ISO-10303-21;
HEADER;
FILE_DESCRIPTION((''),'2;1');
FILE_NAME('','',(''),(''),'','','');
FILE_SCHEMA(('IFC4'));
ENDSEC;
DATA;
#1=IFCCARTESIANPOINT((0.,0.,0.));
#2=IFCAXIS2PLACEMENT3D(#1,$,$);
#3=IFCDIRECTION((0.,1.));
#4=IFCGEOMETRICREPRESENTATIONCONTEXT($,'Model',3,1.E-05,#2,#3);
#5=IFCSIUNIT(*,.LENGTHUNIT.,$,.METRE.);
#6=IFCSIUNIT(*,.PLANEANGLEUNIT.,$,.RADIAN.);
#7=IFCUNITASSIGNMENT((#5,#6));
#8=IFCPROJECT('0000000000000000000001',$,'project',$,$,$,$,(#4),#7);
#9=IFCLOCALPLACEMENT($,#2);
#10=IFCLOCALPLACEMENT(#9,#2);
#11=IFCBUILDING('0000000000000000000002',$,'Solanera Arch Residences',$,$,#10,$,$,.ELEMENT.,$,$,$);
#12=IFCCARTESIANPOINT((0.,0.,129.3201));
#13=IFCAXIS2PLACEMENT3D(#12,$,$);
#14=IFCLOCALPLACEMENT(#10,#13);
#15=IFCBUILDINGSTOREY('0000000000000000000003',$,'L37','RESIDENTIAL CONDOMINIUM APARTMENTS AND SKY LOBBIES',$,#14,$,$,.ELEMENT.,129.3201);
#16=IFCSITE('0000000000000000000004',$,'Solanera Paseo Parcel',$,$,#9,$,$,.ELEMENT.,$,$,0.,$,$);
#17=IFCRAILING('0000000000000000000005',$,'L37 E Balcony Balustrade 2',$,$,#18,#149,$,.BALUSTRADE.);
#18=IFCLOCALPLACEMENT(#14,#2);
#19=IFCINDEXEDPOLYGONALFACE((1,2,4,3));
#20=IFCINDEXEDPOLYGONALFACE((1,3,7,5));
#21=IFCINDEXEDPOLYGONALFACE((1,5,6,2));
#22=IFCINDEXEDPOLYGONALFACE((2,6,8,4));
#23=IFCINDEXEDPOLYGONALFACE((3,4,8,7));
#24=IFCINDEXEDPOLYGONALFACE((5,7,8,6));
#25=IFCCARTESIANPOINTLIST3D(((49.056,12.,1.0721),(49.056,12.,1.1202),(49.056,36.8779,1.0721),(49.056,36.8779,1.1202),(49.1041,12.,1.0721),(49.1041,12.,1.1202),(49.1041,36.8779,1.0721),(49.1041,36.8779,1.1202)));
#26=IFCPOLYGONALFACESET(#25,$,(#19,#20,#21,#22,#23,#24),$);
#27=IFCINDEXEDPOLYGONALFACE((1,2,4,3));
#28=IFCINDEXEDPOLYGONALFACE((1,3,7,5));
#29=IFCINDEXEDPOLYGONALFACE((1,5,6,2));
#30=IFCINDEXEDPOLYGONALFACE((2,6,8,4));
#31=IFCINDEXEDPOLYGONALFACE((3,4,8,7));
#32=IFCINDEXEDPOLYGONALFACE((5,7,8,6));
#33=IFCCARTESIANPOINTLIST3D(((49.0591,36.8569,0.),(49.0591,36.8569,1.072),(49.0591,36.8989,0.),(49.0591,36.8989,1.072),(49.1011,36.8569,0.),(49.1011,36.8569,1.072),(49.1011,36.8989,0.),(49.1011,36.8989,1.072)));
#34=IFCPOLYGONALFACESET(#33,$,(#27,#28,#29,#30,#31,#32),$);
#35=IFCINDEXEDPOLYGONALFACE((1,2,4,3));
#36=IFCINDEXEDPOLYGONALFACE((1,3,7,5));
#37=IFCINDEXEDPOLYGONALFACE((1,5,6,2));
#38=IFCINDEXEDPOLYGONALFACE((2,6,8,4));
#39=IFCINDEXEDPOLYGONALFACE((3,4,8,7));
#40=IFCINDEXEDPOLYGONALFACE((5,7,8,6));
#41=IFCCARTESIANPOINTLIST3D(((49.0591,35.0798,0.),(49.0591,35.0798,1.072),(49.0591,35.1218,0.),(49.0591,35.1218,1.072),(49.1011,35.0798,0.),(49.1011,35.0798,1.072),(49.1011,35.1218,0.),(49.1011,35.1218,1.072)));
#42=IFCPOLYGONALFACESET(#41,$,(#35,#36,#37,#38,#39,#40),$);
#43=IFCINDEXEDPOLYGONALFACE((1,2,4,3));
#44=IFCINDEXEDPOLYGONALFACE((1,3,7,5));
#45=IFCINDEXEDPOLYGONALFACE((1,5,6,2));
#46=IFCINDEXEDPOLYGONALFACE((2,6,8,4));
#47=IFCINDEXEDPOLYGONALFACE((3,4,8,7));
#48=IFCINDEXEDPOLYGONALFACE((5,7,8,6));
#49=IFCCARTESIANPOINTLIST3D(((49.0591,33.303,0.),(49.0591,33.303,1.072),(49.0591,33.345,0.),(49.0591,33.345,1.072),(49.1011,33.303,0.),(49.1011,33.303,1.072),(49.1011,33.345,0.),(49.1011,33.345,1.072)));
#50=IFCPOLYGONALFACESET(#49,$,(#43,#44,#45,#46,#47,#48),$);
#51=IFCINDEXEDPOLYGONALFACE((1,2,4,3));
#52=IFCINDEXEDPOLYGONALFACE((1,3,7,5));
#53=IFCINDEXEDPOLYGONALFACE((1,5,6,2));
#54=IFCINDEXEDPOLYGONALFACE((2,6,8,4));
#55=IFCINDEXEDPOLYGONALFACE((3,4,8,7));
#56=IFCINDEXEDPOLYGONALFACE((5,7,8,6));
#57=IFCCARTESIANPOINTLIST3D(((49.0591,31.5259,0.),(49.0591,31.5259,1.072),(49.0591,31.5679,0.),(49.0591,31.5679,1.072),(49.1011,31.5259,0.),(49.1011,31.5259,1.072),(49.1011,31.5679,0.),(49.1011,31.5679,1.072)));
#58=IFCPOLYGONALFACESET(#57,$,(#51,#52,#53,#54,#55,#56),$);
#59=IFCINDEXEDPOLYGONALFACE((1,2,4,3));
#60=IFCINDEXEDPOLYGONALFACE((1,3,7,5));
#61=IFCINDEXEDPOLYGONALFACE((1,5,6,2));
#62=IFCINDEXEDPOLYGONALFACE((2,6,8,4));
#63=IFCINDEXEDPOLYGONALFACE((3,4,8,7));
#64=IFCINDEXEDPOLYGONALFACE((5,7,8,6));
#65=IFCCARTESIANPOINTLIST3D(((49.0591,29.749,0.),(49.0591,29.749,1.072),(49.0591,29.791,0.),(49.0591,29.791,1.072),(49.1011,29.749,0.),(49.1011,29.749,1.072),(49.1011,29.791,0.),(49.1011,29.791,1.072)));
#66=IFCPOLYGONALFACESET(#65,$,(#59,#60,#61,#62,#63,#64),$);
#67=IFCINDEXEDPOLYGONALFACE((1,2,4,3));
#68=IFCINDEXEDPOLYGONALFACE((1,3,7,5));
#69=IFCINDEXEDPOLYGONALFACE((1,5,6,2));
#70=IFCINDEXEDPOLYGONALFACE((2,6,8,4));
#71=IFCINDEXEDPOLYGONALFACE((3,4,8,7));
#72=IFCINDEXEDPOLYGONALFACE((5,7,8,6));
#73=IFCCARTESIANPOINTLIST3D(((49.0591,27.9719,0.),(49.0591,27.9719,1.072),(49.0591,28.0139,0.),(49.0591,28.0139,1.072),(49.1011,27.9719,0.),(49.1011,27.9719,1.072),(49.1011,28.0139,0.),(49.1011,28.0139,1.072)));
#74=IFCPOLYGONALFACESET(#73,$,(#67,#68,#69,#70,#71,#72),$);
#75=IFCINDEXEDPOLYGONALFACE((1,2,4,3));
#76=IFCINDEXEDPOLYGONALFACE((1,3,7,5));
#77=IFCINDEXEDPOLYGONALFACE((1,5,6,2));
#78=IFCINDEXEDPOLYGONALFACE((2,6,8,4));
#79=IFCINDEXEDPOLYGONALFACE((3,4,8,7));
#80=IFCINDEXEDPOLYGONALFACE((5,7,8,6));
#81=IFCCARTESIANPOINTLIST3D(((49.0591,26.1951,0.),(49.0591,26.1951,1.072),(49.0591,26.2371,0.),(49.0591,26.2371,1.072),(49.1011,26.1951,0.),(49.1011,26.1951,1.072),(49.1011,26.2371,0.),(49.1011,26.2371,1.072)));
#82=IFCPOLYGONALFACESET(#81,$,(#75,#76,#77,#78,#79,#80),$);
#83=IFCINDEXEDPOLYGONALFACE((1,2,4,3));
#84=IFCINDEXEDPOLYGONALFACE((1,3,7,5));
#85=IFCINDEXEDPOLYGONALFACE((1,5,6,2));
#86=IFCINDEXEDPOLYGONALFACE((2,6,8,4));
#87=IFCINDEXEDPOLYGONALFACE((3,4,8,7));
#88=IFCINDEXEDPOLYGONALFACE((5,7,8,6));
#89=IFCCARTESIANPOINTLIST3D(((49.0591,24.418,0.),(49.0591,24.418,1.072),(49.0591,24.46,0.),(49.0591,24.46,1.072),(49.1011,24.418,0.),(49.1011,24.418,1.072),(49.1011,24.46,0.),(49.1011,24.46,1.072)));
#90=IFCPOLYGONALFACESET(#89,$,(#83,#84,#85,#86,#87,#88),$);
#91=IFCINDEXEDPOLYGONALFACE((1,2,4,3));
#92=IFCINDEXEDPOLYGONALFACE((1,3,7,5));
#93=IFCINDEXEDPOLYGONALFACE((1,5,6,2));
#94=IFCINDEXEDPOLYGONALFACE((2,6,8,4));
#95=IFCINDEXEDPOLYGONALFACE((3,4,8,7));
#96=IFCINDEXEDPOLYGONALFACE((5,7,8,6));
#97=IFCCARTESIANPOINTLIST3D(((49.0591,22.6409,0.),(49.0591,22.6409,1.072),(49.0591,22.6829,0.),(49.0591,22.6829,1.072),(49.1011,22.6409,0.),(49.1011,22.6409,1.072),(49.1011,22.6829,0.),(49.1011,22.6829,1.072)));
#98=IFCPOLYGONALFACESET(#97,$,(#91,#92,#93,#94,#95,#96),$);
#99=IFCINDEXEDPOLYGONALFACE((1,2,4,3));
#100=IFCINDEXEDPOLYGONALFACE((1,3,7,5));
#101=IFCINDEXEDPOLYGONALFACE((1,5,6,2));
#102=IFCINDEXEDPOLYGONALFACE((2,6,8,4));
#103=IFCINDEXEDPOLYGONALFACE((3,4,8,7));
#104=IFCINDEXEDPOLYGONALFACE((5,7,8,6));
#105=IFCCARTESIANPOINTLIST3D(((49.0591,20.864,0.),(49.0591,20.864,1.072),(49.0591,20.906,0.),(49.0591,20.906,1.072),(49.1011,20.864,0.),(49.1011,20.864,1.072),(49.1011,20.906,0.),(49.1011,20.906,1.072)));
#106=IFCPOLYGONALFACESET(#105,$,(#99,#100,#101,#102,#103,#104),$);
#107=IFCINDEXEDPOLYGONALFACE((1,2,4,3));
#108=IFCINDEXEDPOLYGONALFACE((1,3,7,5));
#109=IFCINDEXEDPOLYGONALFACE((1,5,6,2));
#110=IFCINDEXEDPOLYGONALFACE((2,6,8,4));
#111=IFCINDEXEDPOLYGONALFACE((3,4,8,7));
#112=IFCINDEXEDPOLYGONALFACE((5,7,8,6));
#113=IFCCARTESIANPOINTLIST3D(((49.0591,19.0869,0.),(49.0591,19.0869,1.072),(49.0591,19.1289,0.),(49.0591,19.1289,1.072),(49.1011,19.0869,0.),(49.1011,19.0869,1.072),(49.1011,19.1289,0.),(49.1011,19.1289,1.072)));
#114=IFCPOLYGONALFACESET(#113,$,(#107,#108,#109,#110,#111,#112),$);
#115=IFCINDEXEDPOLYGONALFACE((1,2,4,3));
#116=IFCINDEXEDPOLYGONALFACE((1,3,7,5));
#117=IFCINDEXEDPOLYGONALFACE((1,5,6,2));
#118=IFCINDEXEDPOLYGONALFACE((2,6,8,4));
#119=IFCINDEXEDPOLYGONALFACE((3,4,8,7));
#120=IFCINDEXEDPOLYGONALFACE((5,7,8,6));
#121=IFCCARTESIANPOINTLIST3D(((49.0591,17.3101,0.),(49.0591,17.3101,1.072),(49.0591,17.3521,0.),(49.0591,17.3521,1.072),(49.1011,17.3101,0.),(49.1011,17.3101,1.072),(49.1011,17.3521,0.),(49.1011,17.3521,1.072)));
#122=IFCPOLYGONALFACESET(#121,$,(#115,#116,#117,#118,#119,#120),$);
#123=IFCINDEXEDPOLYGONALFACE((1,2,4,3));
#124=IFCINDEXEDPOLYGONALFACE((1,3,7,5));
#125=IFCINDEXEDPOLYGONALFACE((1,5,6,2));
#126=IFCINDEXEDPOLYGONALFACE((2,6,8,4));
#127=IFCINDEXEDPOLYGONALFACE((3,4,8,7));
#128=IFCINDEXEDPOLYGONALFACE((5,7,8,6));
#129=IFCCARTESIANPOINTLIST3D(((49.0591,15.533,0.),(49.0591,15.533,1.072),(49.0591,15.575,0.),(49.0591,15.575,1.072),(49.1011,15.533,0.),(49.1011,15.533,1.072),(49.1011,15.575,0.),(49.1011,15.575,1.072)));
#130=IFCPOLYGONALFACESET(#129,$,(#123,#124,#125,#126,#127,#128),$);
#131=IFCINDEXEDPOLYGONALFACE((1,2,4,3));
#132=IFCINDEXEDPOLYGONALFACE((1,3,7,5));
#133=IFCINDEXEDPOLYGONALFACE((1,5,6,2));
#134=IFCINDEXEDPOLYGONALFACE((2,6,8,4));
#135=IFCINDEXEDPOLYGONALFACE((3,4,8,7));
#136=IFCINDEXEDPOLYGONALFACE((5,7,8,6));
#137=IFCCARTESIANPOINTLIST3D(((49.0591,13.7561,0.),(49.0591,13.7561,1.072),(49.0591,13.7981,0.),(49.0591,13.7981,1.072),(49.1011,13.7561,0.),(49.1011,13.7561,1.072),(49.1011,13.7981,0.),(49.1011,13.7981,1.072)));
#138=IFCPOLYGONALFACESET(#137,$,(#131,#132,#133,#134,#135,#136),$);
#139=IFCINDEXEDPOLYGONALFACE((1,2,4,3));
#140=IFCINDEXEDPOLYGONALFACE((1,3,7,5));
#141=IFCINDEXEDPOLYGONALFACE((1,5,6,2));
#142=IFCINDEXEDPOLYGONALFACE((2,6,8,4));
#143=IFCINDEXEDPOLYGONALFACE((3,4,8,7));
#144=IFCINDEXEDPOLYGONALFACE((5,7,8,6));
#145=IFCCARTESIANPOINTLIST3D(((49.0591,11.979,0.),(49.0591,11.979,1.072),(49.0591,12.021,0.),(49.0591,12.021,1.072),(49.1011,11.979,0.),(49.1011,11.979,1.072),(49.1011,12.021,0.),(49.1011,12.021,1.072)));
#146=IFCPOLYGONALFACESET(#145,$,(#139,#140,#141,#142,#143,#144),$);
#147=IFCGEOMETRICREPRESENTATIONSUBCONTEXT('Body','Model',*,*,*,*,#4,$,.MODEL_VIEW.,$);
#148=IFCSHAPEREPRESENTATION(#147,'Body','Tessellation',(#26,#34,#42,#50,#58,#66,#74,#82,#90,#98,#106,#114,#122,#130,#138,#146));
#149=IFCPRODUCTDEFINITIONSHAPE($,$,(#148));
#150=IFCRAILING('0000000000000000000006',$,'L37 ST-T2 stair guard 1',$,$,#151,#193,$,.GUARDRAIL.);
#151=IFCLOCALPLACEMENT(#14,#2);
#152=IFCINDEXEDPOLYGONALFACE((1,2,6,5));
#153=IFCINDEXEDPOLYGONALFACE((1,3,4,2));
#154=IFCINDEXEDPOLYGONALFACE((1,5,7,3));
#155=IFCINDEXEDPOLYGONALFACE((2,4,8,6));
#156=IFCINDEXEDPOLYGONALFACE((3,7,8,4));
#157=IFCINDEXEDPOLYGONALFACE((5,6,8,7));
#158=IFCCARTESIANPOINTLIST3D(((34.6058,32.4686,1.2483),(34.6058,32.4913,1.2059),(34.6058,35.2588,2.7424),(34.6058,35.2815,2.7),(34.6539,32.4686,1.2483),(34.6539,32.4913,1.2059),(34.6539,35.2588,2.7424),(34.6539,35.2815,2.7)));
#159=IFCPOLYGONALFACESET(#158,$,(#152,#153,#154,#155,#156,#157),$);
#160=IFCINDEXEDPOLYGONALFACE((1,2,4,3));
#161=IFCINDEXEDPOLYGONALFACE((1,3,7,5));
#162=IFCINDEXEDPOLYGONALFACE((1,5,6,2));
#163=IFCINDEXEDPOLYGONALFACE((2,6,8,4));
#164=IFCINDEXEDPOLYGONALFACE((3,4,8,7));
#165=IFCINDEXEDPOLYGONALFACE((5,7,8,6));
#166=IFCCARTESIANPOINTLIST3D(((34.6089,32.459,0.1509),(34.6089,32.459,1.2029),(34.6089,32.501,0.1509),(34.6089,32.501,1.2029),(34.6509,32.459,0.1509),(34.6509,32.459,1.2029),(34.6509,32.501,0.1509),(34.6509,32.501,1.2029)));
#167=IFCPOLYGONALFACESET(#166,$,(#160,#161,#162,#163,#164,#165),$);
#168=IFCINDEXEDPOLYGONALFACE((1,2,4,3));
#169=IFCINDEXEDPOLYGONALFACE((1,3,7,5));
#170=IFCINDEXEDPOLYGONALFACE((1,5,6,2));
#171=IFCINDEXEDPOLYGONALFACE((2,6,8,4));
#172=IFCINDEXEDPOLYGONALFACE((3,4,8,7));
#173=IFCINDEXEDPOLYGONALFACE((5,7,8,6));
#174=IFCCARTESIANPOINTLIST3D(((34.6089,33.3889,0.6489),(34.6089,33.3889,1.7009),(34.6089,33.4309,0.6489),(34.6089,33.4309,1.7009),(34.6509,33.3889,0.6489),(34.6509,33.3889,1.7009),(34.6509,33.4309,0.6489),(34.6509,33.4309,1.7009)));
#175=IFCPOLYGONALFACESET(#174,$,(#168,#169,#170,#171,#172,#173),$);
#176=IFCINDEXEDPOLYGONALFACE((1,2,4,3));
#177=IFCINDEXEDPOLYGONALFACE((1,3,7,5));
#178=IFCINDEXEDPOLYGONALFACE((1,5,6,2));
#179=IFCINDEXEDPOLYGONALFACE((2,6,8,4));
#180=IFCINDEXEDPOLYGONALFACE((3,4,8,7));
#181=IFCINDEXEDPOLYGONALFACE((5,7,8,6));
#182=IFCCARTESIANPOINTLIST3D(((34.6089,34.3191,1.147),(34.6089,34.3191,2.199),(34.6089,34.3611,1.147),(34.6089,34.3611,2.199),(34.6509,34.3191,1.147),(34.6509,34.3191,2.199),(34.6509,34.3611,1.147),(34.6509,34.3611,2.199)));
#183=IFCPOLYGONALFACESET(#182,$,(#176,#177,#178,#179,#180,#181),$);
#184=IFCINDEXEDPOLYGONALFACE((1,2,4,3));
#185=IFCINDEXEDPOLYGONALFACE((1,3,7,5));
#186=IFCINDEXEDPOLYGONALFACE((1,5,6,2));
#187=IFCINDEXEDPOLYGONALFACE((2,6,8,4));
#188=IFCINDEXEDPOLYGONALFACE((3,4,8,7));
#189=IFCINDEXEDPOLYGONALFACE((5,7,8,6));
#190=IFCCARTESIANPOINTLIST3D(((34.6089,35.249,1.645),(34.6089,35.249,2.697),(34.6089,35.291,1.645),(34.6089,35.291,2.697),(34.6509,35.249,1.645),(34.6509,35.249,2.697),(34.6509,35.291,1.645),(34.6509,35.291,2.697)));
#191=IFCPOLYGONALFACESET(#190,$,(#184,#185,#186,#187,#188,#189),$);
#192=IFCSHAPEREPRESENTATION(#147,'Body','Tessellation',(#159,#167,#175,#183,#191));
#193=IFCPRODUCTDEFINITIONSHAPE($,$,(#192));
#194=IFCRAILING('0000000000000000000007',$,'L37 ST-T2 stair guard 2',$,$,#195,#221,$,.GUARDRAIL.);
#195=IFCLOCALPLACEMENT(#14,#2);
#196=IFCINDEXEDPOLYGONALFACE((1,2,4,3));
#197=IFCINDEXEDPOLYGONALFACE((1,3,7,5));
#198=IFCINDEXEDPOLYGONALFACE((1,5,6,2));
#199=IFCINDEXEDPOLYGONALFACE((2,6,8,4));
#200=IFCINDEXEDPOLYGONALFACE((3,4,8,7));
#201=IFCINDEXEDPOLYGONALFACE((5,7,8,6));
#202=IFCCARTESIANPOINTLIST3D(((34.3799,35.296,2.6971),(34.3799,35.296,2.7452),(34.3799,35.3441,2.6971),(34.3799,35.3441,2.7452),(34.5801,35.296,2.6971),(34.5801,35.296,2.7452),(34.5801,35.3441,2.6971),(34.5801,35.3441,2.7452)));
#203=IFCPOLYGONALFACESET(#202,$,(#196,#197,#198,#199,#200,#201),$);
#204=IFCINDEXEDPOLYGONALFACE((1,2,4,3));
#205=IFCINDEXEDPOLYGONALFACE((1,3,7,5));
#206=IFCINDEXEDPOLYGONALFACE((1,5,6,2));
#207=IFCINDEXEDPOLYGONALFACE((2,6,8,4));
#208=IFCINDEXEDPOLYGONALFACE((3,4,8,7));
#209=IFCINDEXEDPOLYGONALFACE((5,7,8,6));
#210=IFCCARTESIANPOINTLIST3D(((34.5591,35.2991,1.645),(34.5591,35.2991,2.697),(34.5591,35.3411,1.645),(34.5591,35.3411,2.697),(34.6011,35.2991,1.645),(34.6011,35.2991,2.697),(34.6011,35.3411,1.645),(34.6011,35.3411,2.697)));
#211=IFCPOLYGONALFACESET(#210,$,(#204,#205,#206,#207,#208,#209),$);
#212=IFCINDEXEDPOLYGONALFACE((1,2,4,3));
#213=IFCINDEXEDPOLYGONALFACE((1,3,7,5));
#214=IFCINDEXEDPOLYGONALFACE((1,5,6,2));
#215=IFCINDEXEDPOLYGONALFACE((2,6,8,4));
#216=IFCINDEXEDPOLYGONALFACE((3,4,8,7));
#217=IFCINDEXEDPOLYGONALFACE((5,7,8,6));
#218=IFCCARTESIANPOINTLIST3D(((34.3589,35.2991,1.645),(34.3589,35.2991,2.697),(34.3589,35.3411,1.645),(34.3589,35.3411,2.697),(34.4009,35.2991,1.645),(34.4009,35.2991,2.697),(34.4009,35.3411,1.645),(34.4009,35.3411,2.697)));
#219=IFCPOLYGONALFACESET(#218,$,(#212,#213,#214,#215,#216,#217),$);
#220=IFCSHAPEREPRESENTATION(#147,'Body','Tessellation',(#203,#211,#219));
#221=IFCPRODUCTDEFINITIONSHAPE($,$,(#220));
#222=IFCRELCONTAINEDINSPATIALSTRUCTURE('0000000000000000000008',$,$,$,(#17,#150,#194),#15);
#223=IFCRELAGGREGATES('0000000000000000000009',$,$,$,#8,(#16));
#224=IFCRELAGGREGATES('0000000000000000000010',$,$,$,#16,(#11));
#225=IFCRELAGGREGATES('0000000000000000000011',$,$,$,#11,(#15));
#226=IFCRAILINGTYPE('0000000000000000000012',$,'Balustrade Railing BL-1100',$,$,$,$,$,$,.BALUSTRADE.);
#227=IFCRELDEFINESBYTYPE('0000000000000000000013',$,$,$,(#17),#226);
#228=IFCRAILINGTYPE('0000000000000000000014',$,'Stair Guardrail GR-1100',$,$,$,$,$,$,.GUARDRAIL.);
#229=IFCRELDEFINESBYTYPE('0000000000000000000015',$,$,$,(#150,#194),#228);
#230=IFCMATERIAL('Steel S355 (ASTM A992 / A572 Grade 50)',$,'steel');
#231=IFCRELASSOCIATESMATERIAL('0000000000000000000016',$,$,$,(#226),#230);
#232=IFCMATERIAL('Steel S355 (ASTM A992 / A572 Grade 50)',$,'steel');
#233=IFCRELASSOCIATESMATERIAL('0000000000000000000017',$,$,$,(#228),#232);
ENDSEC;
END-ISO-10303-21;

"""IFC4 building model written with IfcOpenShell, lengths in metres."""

from ifc_helpers import new_model, si_unit, direction, frame, origin, origin_2d, place, context, subcontext, project, spatial, rectangle, extrude, material, type_object, element, save


model = new_model("IFC4")

# Units and contexts
model_context = context("Model", 3, precision=1e-05, world=origin(), true_north=direction((0.0, 1.0)))
body_context = subcontext(model_context, "Body", "Model", "MODEL_VIEW")
ifc_project = project(units=[si_unit("LENGTHUNIT", "METRE"), si_unit("PLANEANGLEUNIT", "RADIAN")], contexts=[model_context])

# Site, building, storey
site_placement = place(None, origin())
site = spatial("IfcSite", under=ifc_project, at=site_placement, Name="Solanera Paseo Parcel", CompositionType="ELEMENT", RefElevation=0.0)
building_placement = place(site_placement, origin())
building = spatial("IfcBuilding", under=site, at=building_placement, Name="Solanera Arch Residences", CompositionType="ELEMENT")
storey_placement = place(building_placement, frame((0.0, 0.0, 129.3201)))
storey = spatial("IfcBuildingStorey", under=building, at=storey_placement, Name="L37", Description="RESIDENTIAL CONDOMINIUM APARTMENTS AND SKY LOBBIES", CompositionType="ELEMENT", Elevation=129.3201)

# Railings
ifc_material_1 = material(Name="Steel S355 (ASTM A992 / A572 Grade 50)", Category="steel")
railing_type_1 = type_object("IfcRailingType", Name="Balustrade Railing BL-1100", PredefinedType="BALUSTRADE", material=ifc_material_1)
railing_1_placement = place(storey_placement, frame((49.0801, 36.8779, 0.0)))
element("IfcRailing", 1, at=railing_1_placement, inside=storey, type_object=railing_type_1, Name="L37 E Balcony Balustrade 2", PredefinedType="BALUSTRADE", context=body_context, shape_type="SweptSolid", body=[
    extrude(rectangle(XDim=0.0481, YDim=0.0481, at=origin_2d()), frame((0.0, 0.0, 1.0962), z_axis=(0.0, -1.0, 0.0), x_axis=(1.0, 0.0, 0.0)), (0.0, 0.0, 1.0), 24.8779),
    extrude(rectangle(XDim=0.042, YDim=0.042, at=origin_2d()), origin(), (0.0, 0.0, 1.0), 1.072),
    extrude(rectangle(XDim=0.042, YDim=0.042, at=origin_2d()), frame((0.0, -1.7771, 0.0)), (0.0, 0.0, 1.0), 1.072),
    extrude(rectangle(XDim=0.042, YDim=0.042, at=origin_2d()), frame((0.0, -3.554, 0.0)), (0.0, 0.0, 1.0), 1.072),
    extrude(rectangle(XDim=0.042, YDim=0.042, at=origin_2d()), frame((0.0, -5.3311, 0.0)), (0.0, 0.0, 1.0), 1.072),
    extrude(rectangle(XDim=0.042, YDim=0.042, at=origin_2d()), frame((0.0, -7.1079, 0.0)), (0.0, 0.0, 1.0), 1.072),
    extrude(rectangle(XDim=0.042, YDim=0.042, at=origin_2d()), frame((0.0, -8.885, 0.0)), (0.0, 0.0, 1.0), 1.072),
    extrude(rectangle(XDim=0.042, YDim=0.042, at=origin_2d()), frame((0.0, -10.6619, 0.0)), (0.0, 0.0, 1.0), 1.072),
    extrude(rectangle(XDim=0.042, YDim=0.042, at=origin_2d()), frame((0.0, -12.439, 0.0)), (0.0, 0.0, 1.0), 1.072),
    extrude(rectangle(XDim=0.042, YDim=0.042, at=origin_2d()), frame((0.0, -14.2161, 0.0)), (0.0, 0.0, 1.0), 1.072),
    extrude(rectangle(XDim=0.042, YDim=0.042, at=origin_2d()), frame((0.0, -15.9929, 0.0)), (0.0, 0.0, 1.0), 1.072),
    extrude(rectangle(XDim=0.042, YDim=0.042, at=origin_2d()), frame((0.0, -17.77, 0.0)), (0.0, 0.0, 1.0), 1.072),
    extrude(rectangle(XDim=0.042, YDim=0.042, at=origin_2d()), frame((0.0, -19.5469, 0.0)), (0.0, 0.0, 1.0), 1.072),
    extrude(rectangle(XDim=0.042, YDim=0.042, at=origin_2d()), frame((0.0, -21.324, 0.0)), (0.0, 0.0, 1.0), 1.072),
    extrude(rectangle(XDim=0.042, YDim=0.042, at=origin_2d()), frame((0.0, -23.1008, 0.0)), (0.0, 0.0, 1.0), 1.072),
    extrude(rectangle(XDim=0.042, YDim=0.042, at=origin_2d()), frame((0.0, -24.8779, 0.0)), (0.0, 0.0, 1.0), 1.072),
])
ifc_material_2 = material(Name="Steel S355 (ASTM A992 / A572 Grade 50)", Category="steel")
railing_type_2 = type_object("IfcRailingType", Name="Stair Guardrail GR-1100", PredefinedType="GUARDRAIL", material=ifc_material_2)
railing_2_placement = place(storey_placement, frame((34.6299, 32.48, 0.1509)))
element("IfcRailing", 2, at=railing_2_placement, inside=storey, type_object=railing_type_2, Name="L37 ST-T2 stair guard 1", PredefinedType="GUARDRAIL", context=body_context, shape_type="SweptSolid", body=[
    extrude(rectangle(XDim=0.0481, YDim=0.0481, at=origin_2d()), frame((0.0, 0.0, 1.0762), z_axis=(0.0, 0.881549, 0.472093), x_axis=(-1.0, 0.0, 0.0)), (0.0, 0.0, 1.0), 3.165),
    extrude(rectangle(XDim=0.042, YDim=0.042, at=origin_2d()), origin(), (0.0, 0.0, 1.0), 1.052),
    extrude(rectangle(XDim=0.042, YDim=0.042, at=origin_2d()), frame((0.0, 0.9299, 0.498)), (0.0, 0.0, 1.0), 1.052),
    extrude(rectangle(XDim=0.042, YDim=0.042, at=origin_2d()), frame((0.0, 1.8601, 0.9961)), (0.0, 0.0, 1.0), 1.052),
    extrude(rectangle(XDim=0.042, YDim=0.042, at=origin_2d()), frame((0.0, 2.79, 1.4941)), (0.0, 0.0, 1.0), 1.052),
])
for number, where, name in (
    (3, (34.5801, 35.3201, 1.645), "L37 ST-T2 stair guard 2"),
):
    element("IfcRailing", number, at=place(storey_placement, frame(where)), inside=storey, type_object=railing_type_2, Name=name, PredefinedType="GUARDRAIL", context=body_context, shape_type="SweptSolid", body=[
        extrude(rectangle(XDim=0.0481, YDim=0.0481, at=origin_2d()), frame((0.0, 0.0, 1.0762), z_axis=(-1.0, 0.0, 0.0), x_axis=(0.0, -1.0, 0.0)), (0.0, 0.0, 1.0), 0.2002),
        extrude(rectangle(XDim=0.042, YDim=0.042, at=origin_2d()), origin(), (0.0, 0.0, 1.0), 1.052),
        extrude(rectangle(XDim=0.042, YDim=0.042, at=origin_2d()), frame((-0.2002, 0.0, 0.0)), (0.0, 0.0, 1.0), 1.052),
    ])

save(model, "model.ifc")
